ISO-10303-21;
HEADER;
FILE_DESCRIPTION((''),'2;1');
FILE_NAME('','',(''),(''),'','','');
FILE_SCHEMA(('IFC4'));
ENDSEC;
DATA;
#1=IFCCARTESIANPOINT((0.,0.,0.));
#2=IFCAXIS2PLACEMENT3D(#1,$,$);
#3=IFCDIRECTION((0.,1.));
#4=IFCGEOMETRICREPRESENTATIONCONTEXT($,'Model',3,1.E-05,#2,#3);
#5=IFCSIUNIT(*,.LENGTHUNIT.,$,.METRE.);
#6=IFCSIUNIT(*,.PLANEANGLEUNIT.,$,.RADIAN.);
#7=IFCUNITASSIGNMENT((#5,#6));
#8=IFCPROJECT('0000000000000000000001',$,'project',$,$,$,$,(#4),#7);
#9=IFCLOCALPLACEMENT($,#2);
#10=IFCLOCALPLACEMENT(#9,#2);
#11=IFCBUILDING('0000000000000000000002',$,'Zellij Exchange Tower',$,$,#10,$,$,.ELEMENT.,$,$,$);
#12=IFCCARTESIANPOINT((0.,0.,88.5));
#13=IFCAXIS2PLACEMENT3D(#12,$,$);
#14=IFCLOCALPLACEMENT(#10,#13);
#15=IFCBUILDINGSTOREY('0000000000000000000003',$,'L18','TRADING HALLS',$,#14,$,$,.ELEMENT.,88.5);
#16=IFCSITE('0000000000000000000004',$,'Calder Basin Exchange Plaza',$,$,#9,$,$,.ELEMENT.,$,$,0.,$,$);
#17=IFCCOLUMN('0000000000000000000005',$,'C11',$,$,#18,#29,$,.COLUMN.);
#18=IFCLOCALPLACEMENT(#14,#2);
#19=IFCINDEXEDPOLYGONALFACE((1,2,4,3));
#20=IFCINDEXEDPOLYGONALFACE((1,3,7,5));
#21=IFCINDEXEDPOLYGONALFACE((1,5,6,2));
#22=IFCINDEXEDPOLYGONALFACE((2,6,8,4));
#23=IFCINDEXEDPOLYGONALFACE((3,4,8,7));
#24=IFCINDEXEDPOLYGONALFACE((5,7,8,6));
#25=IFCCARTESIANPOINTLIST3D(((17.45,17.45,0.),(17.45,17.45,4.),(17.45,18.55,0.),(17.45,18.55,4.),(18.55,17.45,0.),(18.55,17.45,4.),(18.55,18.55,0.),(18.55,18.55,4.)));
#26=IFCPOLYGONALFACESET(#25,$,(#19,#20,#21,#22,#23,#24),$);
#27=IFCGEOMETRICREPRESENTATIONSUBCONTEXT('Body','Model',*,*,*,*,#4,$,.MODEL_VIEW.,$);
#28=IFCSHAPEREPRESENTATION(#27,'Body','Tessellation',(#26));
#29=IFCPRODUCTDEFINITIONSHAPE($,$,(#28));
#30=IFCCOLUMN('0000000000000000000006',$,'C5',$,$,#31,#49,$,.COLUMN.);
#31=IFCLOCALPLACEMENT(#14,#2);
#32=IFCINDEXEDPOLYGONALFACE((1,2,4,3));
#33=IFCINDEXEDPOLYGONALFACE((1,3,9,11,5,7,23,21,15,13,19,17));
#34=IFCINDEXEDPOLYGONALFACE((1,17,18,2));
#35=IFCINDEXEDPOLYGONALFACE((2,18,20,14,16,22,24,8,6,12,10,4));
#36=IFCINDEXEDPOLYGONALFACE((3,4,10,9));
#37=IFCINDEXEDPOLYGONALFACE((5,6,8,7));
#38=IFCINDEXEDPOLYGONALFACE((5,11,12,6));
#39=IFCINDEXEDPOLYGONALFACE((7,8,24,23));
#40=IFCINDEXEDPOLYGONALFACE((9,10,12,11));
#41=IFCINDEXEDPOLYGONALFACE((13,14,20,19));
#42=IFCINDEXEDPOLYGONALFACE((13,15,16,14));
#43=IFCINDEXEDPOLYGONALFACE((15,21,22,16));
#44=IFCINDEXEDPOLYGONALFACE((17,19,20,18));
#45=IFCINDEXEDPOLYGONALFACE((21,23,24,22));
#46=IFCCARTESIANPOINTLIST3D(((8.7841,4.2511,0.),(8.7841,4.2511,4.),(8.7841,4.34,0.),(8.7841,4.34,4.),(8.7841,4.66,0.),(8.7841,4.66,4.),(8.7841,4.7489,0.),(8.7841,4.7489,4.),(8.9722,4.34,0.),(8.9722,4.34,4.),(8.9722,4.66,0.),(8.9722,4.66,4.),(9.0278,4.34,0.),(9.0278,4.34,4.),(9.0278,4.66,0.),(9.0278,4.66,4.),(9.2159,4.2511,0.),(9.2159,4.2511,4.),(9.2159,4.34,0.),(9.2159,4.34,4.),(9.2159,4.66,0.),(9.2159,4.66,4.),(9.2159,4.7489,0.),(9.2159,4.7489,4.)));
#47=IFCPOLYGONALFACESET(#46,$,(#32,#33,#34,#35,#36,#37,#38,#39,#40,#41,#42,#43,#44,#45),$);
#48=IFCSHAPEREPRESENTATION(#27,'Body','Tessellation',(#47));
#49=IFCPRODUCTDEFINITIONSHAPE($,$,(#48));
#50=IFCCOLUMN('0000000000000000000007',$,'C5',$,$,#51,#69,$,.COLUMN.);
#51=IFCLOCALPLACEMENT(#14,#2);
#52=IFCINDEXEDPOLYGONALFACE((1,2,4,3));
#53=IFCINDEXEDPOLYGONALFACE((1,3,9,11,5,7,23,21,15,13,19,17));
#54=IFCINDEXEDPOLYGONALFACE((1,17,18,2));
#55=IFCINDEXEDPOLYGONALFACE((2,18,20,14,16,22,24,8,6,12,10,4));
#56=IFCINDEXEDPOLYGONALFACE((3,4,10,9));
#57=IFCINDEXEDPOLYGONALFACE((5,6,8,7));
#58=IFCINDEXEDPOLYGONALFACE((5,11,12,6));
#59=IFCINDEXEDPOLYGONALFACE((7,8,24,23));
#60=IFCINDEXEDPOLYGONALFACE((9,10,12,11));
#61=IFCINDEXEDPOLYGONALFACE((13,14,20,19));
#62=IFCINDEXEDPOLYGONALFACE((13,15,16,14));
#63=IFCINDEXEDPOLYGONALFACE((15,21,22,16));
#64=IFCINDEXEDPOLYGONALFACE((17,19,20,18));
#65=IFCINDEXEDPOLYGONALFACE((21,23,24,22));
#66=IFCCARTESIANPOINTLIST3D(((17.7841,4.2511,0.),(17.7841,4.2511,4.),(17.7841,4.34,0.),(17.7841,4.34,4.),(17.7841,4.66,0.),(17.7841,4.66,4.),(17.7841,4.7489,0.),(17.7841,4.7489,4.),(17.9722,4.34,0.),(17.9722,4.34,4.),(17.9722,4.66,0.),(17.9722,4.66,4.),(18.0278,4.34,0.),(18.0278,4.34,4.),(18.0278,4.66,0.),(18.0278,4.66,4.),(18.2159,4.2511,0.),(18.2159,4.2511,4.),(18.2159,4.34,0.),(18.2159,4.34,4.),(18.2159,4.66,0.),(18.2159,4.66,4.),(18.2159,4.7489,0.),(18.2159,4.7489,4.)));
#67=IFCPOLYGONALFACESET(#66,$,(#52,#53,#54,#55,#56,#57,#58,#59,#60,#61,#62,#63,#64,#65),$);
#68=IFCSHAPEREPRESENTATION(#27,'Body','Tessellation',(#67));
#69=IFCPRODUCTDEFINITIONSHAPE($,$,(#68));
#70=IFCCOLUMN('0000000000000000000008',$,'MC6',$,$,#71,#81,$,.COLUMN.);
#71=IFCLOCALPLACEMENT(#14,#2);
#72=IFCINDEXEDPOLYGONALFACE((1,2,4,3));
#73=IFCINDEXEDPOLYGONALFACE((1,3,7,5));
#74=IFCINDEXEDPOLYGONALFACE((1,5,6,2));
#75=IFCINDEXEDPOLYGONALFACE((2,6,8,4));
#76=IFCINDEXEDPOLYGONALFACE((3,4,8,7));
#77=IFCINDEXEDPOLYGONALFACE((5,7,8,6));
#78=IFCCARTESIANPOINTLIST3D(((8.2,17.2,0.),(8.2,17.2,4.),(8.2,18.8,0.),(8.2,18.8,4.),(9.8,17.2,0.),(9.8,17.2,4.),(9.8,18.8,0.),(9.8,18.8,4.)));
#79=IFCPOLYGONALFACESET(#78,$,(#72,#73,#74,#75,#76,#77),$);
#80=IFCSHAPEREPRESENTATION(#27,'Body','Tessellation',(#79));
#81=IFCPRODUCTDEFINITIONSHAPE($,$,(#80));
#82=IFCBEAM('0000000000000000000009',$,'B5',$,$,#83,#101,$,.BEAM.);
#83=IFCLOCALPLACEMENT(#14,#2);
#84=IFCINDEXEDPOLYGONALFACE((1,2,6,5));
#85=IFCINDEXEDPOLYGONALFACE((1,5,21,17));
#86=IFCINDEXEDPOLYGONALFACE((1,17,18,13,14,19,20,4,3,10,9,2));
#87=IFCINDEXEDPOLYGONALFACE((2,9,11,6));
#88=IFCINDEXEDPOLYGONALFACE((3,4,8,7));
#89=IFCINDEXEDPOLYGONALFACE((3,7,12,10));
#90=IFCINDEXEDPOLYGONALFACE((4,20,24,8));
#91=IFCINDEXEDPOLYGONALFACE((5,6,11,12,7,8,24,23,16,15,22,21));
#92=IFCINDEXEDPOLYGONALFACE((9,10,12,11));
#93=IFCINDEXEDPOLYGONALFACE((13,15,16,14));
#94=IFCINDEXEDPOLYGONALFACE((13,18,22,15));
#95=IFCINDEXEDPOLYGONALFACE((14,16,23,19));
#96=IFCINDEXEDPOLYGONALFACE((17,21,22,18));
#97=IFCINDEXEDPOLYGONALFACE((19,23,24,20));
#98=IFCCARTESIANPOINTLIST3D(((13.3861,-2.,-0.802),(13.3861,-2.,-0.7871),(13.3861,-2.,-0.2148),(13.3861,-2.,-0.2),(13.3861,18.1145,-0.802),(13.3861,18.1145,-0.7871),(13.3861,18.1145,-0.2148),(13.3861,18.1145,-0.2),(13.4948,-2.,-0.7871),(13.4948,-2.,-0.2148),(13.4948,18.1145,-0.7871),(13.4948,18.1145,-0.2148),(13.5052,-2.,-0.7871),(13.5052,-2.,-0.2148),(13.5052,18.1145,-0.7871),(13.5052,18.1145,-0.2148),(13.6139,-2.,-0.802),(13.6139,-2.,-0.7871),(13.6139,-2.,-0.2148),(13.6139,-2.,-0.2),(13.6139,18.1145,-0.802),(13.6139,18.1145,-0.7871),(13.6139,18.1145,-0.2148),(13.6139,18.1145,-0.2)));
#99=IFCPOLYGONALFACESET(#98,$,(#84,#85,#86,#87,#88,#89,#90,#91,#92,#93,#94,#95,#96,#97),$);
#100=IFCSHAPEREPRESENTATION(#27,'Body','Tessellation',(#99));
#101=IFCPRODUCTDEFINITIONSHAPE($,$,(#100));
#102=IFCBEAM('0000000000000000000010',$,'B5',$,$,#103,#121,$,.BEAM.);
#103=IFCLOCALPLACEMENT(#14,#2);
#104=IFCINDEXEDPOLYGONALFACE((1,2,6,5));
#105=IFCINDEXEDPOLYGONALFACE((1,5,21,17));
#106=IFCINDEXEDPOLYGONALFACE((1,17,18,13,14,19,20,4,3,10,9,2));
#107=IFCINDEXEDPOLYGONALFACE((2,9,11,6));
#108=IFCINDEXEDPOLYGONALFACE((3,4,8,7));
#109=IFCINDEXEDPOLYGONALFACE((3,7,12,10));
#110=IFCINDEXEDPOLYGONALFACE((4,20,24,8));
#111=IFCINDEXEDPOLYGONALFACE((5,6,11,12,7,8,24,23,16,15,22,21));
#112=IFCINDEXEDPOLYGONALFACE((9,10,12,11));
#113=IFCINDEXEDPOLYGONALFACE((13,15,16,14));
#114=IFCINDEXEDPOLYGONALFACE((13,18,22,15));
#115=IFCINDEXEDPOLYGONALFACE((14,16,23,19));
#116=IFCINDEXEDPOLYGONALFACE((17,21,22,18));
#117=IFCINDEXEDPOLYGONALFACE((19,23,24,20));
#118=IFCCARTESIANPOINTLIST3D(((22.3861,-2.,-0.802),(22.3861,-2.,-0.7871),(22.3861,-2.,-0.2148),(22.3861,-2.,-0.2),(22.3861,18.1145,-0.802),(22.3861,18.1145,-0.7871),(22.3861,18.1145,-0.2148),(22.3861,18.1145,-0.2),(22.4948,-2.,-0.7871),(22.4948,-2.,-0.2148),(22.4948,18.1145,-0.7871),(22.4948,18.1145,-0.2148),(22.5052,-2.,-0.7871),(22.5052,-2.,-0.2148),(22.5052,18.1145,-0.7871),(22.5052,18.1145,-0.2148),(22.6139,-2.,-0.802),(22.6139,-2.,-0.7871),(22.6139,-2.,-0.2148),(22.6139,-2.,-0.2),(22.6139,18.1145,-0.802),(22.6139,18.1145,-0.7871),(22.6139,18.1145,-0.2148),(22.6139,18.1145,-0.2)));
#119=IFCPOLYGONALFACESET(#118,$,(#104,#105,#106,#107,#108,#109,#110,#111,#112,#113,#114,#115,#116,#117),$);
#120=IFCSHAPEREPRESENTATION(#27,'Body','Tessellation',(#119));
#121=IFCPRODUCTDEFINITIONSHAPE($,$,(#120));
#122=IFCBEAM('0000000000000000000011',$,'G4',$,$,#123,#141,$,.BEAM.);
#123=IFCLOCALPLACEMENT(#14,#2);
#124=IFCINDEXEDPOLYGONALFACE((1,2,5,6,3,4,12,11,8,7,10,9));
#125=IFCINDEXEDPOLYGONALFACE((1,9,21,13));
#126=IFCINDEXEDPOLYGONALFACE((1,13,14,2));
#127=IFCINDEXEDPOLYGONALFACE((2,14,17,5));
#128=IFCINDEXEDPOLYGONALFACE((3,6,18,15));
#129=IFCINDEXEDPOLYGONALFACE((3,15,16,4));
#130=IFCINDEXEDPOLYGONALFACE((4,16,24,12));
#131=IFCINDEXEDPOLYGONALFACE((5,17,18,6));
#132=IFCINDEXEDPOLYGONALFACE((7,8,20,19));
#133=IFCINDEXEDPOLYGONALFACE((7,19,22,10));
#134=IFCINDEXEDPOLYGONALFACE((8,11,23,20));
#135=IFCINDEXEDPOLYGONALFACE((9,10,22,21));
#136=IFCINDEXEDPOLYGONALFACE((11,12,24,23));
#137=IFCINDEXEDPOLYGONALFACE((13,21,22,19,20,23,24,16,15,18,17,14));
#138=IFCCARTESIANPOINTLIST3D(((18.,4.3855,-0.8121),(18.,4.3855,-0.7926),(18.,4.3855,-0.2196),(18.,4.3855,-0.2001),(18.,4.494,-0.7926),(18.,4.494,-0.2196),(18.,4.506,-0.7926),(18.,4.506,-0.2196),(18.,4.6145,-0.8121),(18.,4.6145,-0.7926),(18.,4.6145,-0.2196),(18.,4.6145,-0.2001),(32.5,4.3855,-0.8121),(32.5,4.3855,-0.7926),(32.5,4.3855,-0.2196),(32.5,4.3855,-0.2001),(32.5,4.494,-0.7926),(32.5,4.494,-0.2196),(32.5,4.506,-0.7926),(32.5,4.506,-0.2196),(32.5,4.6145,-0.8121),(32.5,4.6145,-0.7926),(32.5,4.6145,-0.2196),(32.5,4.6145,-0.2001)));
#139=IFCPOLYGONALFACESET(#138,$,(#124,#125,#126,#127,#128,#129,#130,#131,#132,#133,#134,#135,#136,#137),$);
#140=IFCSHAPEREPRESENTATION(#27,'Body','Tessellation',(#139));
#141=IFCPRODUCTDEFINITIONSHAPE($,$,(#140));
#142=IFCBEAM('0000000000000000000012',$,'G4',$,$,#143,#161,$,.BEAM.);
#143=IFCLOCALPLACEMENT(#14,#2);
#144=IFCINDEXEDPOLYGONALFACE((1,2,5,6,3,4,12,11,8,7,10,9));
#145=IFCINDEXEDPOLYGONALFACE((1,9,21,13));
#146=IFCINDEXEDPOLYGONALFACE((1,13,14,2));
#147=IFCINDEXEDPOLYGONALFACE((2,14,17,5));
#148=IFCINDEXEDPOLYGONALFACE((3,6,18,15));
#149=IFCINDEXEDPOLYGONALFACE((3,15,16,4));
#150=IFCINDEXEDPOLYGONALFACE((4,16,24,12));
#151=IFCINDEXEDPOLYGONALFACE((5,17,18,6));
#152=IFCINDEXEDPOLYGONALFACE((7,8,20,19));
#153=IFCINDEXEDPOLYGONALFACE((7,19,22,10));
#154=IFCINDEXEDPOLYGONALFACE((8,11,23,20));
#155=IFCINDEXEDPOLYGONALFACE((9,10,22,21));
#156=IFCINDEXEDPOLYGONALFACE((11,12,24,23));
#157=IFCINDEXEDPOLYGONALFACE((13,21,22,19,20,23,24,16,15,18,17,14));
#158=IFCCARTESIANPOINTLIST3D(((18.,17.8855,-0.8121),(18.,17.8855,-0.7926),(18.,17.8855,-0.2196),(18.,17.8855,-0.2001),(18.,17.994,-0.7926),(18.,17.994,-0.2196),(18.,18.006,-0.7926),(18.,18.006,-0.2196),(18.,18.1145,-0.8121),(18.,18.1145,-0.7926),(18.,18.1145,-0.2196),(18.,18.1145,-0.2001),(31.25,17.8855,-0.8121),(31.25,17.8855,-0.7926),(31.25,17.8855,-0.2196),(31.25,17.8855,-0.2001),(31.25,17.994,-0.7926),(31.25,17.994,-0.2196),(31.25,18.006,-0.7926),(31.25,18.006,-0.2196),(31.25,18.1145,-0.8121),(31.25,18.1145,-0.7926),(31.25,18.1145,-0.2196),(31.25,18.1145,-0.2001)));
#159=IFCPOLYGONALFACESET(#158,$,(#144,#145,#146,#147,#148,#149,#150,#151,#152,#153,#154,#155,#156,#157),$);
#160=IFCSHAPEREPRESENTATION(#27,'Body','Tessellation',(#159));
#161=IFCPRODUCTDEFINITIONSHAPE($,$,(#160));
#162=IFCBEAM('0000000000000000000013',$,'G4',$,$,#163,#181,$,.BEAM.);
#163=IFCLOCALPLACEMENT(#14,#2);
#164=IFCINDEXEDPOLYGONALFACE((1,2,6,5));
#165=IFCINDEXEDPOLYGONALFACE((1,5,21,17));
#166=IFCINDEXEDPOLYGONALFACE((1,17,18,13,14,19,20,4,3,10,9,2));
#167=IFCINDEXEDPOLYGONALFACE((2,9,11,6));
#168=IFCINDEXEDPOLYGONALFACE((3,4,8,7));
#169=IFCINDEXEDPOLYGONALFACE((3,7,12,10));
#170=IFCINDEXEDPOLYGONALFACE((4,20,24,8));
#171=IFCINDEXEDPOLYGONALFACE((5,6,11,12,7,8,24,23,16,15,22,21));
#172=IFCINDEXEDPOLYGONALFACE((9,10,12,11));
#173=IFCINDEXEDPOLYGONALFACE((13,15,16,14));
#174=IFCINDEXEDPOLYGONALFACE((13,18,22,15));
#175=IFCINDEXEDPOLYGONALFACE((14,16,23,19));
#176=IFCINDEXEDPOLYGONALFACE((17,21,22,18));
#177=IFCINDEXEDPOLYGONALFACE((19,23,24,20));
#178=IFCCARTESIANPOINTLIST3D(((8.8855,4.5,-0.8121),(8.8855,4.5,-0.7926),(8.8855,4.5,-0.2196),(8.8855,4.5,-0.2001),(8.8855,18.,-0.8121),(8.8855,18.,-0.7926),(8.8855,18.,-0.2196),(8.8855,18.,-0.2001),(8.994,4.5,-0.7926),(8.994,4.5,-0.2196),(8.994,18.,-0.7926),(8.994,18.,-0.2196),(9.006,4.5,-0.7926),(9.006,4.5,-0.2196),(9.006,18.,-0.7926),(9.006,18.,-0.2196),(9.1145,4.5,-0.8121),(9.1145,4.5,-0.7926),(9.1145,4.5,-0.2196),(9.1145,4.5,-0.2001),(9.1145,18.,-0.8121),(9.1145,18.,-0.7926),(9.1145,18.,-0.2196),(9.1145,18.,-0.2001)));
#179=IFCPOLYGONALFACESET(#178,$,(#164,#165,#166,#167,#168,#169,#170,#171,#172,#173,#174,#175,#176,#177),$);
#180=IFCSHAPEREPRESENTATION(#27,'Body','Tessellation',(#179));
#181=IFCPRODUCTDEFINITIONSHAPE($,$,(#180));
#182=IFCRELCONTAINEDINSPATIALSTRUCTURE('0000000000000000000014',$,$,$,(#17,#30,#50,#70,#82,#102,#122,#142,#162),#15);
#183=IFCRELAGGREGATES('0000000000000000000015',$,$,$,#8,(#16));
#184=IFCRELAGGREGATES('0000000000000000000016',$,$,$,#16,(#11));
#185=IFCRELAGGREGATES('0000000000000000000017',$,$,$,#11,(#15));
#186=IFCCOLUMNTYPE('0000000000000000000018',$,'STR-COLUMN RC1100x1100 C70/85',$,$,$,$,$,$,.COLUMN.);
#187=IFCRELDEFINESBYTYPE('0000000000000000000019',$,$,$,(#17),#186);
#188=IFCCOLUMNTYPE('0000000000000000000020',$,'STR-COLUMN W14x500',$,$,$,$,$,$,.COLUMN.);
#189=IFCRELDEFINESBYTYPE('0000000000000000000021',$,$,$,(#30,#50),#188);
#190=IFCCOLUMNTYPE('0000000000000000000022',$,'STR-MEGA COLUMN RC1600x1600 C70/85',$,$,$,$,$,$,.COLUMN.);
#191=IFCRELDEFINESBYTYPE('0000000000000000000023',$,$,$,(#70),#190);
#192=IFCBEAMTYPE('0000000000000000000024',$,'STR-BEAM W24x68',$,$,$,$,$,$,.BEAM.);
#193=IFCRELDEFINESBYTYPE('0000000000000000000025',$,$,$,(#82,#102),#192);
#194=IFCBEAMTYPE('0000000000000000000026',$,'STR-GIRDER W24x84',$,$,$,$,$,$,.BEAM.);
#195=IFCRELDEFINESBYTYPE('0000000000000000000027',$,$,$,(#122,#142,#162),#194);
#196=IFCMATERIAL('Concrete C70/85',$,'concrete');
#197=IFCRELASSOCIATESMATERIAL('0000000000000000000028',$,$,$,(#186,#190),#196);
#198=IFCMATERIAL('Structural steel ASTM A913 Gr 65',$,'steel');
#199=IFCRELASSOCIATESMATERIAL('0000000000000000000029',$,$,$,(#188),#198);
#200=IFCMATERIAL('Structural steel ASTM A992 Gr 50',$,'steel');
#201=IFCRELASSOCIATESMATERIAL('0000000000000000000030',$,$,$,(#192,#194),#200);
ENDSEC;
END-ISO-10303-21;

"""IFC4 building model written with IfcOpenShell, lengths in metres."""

from ifc_helpers import new_model, si_unit, direction, frame, origin, origin_2d, place, context, subcontext, project, spatial, rectangle, i_section, extrude, material, material_profile, profile_set, type_object, element, save


model = new_model("IFC4")

# Units and contexts
model_context = context("Model", 3, precision=1e-05, world=origin(), true_north=direction((0.0, 1.0)))
body_context = subcontext(model_context, "Body", "Model", "MODEL_VIEW")
ifc_project = project(units=[si_unit("LENGTHUNIT", "METRE"), si_unit("PLANEANGLEUNIT", "RADIAN")], contexts=[model_context])

# Site, building, storey
site_placement = place(None, origin())
site = spatial("IfcSite", under=ifc_project, at=site_placement, Name="Calder Basin Exchange Plaza", CompositionType="ELEMENT", RefElevation=0.0)
building_placement = place(site_placement, origin())
building = spatial("IfcBuilding", under=site, at=building_placement, Name="Zellij Exchange Tower", CompositionType="ELEMENT")
storey_placement = place(building_placement, frame((0.0, 0.0, 88.5)))
storey = spatial("IfcBuildingStorey", under=building, at=storey_placement, Name="L18", Description="TRADING HALLS", CompositionType="ELEMENT", Elevation=88.5)

# Columns
ifc_material_1 = material(Name="Concrete C70/85", Category="concrete")
ifc_material_profile_1 = material_profile(ifc_material_1, rectangle(XDim=1.1001, YDim=1.1001, at=origin_2d()), Name="STR-COLUMN RC1100x1100 C70/85")
ifc_profile_set_1 = profile_set([ifc_material_profile_1], Name="Concrete C70/85")
column_type_1 = type_object("IfcColumnType", Name="STR-COLUMN RC1100x1100 C70/85", PredefinedType="COLUMN", material=ifc_profile_set_1)
column_1_placement = place(storey_placement, frame((18.0, 18.0, 0.0), z_axis=(0.0, 0.0, 1.0), x_axis=(1.0, 0.0, 0.0)))
element("IfcColumn", 1, at=column_1_placement, inside=storey, type_object=column_type_1, Name="C11", PredefinedType="COLUMN", context=body_context, shape_type="SweptSolid", body=[
    extrude(rectangle(XDim=1.1001, YDim=1.1001, at=origin_2d()), origin(), (0.0, 0.0, 1.0), 4.0),
])
ifc_material_2 = material(Name="Structural steel ASTM A913 Gr 65", Category="steel")
ifc_material_profile_2 = material_profile(ifc_material_2, i_section(OverallWidth=0.4319, OverallDepth=0.4978, WebThickness=0.0557, FlangeThickness=0.0889, at=origin_2d()), Name="W14x500")
ifc_profile_set_2 = profile_set([ifc_material_profile_2], Name="Structural steel ASTM A913 Gr 65")
column_type_2 = type_object("IfcColumnType", Name="STR-COLUMN W14x500", PredefinedType="COLUMN", material=ifc_profile_set_2)
for number, where, z_axis, x_axis, name in (
    (2, (9.0, 4.5, 0.0), (0.0, 0.0, 1.0), (1.0, 0.0, 0.0), "C5"),
    (3, (18.0, 4.5, 0.0), (0.0, 0.0, 1.0), (1.0, 0.0, 0.0), "C5"),
):
    element("IfcColumn", number, at=place(storey_placement, frame(where, z_axis=z_axis, x_axis=x_axis)), inside=storey, type_object=column_type_2, Name=name, PredefinedType="COLUMN", context=body_context, shape_type="SweptSolid", body=[
        extrude(i_section(OverallWidth=0.4319, OverallDepth=0.4978, WebThickness=0.0557, FlangeThickness=0.0889, at=origin_2d()), origin(), (0.0, 0.0, 1.0), 4.0),
    ])
ifc_material_profile_3 = material_profile(ifc_material_1, rectangle(XDim=1.6001, YDim=1.6001, at=origin_2d()), Name="STR-MEGA COLUMN RC1600x1600 C70/85")
ifc_profile_set_3 = profile_set([ifc_material_profile_3], Name="Concrete C70/85")
column_type_3 = type_object("IfcColumnType", Name="STR-MEGA COLUMN RC1600x1600 C70/85", PredefinedType="COLUMN", material=ifc_profile_set_3)
column_2_placement = place(storey_placement, frame((9.0, 18.0, 0.0), z_axis=(0.0, 0.0, 1.0), x_axis=(1.0, 0.0, 0.0)))
element("IfcColumn", 4, at=column_2_placement, inside=storey, type_object=column_type_3, Name="MC6", PredefinedType="COLUMN", context=body_context, shape_type="SweptSolid", body=[
    extrude(rectangle(XDim=1.6001, YDim=1.6001, at=origin_2d()), origin(), (0.0, 0.0, 1.0), 4.0),
])

# Beams
ifc_material_3 = material(Name="Structural steel ASTM A992 Gr 50", Category="steel")
ifc_material_profile_4 = material_profile(ifc_material_3, i_section(OverallWidth=0.2278, OverallDepth=0.6021, WebThickness=0.0105, FlangeThickness=0.0149, at=origin_2d()), Name="W24x68")
ifc_profile_set_4 = profile_set([ifc_material_profile_4], Name="Structural steel ASTM A992 Gr 50")
beam_type_1 = type_object("IfcBeamType", Name="STR-BEAM W24x68", PredefinedType="BEAM", material=ifc_profile_set_4)
for number, where, z_axis, x_axis, name in (
    (5, (13.5, -2.0, -0.501), (0.0, 1.0, 0.0), (-1.0, 0.0, 0.0), "B5"),
    (6, (22.5, -2.0, -0.501), (0.0, 1.0, 0.0), (-1.0, 0.0, 0.0), "B5"),
):
    element("IfcBeam", number, at=place(storey_placement, frame(where, z_axis=z_axis, x_axis=x_axis)), inside=storey, type_object=beam_type_1, Name=name, PredefinedType="BEAM", context=body_context, shape_type="SweptSolid", body=[
        extrude(i_section(OverallWidth=0.2278, OverallDepth=0.6021, WebThickness=0.0105, FlangeThickness=0.0149, at=origin_2d()), origin(), (0.0, 0.0, 1.0), 20.1145),
    ])
ifc_material_profile_5 = material_profile(ifc_material_3, i_section(OverallWidth=0.229, OverallDepth=0.6121, WebThickness=0.012, FlangeThickness=0.0195, at=origin_2d()), Name="W24x84")
ifc_profile_set_5 = profile_set([ifc_material_profile_5], Name="Structural steel ASTM A992 Gr 50")
beam_type_2 = type_object("IfcBeamType", Name="STR-GIRDER W24x84", PredefinedType="BEAM", material=ifc_profile_set_5)
beam_1_placement = place(storey_placement, frame((18.0, 4.5, -0.5061), z_axis=(1.0, 0.0, 0.0), x_axis=(0.0, 1.0, 0.0)))
element("IfcBeam", 7, at=beam_1_placement, inside=storey, type_object=beam_type_2, Name="G4", PredefinedType="BEAM", context=body_context, shape_type="SweptSolid", body=[
    extrude(i_section(OverallWidth=0.229, OverallDepth=0.6121, WebThickness=0.012, FlangeThickness=0.0195, at=origin_2d()), origin(), (0.0, 0.0, 1.0), 14.5),
])
beam_2_placement = place(storey_placement, frame((18.0, 18.0, -0.5061), z_axis=(1.0, 0.0, 0.0), x_axis=(0.0, 1.0, 0.0)))
element("IfcBeam", 8, at=beam_2_placement, inside=storey, type_object=beam_type_2, Name="G4", PredefinedType="BEAM", context=body_context, shape_type="SweptSolid", body=[
    extrude(i_section(OverallWidth=0.229, OverallDepth=0.6121, WebThickness=0.012, FlangeThickness=0.0195, at=origin_2d()), origin(), (0.0, 0.0, 1.0), 13.25),
])
for number, where, z_axis, x_axis, name in (
    (9, (9.0, 4.5, -0.5061), (0.0, 1.0, 0.0), (-1.0, 0.0, 0.0), "G4"),
):
    element("IfcBeam", number, at=place(storey_placement, frame(where, z_axis=z_axis, x_axis=x_axis)), inside=storey, type_object=beam_type_2, Name=name, PredefinedType="BEAM", context=body_context, shape_type="SweptSolid", body=[
        extrude(i_section(OverallWidth=0.229, OverallDepth=0.6121, WebThickness=0.012, FlangeThickness=0.0195, at=origin_2d()), origin(), (0.0, 0.0, 1.0), 13.5),
    ])

save(model, "model.ifc")
